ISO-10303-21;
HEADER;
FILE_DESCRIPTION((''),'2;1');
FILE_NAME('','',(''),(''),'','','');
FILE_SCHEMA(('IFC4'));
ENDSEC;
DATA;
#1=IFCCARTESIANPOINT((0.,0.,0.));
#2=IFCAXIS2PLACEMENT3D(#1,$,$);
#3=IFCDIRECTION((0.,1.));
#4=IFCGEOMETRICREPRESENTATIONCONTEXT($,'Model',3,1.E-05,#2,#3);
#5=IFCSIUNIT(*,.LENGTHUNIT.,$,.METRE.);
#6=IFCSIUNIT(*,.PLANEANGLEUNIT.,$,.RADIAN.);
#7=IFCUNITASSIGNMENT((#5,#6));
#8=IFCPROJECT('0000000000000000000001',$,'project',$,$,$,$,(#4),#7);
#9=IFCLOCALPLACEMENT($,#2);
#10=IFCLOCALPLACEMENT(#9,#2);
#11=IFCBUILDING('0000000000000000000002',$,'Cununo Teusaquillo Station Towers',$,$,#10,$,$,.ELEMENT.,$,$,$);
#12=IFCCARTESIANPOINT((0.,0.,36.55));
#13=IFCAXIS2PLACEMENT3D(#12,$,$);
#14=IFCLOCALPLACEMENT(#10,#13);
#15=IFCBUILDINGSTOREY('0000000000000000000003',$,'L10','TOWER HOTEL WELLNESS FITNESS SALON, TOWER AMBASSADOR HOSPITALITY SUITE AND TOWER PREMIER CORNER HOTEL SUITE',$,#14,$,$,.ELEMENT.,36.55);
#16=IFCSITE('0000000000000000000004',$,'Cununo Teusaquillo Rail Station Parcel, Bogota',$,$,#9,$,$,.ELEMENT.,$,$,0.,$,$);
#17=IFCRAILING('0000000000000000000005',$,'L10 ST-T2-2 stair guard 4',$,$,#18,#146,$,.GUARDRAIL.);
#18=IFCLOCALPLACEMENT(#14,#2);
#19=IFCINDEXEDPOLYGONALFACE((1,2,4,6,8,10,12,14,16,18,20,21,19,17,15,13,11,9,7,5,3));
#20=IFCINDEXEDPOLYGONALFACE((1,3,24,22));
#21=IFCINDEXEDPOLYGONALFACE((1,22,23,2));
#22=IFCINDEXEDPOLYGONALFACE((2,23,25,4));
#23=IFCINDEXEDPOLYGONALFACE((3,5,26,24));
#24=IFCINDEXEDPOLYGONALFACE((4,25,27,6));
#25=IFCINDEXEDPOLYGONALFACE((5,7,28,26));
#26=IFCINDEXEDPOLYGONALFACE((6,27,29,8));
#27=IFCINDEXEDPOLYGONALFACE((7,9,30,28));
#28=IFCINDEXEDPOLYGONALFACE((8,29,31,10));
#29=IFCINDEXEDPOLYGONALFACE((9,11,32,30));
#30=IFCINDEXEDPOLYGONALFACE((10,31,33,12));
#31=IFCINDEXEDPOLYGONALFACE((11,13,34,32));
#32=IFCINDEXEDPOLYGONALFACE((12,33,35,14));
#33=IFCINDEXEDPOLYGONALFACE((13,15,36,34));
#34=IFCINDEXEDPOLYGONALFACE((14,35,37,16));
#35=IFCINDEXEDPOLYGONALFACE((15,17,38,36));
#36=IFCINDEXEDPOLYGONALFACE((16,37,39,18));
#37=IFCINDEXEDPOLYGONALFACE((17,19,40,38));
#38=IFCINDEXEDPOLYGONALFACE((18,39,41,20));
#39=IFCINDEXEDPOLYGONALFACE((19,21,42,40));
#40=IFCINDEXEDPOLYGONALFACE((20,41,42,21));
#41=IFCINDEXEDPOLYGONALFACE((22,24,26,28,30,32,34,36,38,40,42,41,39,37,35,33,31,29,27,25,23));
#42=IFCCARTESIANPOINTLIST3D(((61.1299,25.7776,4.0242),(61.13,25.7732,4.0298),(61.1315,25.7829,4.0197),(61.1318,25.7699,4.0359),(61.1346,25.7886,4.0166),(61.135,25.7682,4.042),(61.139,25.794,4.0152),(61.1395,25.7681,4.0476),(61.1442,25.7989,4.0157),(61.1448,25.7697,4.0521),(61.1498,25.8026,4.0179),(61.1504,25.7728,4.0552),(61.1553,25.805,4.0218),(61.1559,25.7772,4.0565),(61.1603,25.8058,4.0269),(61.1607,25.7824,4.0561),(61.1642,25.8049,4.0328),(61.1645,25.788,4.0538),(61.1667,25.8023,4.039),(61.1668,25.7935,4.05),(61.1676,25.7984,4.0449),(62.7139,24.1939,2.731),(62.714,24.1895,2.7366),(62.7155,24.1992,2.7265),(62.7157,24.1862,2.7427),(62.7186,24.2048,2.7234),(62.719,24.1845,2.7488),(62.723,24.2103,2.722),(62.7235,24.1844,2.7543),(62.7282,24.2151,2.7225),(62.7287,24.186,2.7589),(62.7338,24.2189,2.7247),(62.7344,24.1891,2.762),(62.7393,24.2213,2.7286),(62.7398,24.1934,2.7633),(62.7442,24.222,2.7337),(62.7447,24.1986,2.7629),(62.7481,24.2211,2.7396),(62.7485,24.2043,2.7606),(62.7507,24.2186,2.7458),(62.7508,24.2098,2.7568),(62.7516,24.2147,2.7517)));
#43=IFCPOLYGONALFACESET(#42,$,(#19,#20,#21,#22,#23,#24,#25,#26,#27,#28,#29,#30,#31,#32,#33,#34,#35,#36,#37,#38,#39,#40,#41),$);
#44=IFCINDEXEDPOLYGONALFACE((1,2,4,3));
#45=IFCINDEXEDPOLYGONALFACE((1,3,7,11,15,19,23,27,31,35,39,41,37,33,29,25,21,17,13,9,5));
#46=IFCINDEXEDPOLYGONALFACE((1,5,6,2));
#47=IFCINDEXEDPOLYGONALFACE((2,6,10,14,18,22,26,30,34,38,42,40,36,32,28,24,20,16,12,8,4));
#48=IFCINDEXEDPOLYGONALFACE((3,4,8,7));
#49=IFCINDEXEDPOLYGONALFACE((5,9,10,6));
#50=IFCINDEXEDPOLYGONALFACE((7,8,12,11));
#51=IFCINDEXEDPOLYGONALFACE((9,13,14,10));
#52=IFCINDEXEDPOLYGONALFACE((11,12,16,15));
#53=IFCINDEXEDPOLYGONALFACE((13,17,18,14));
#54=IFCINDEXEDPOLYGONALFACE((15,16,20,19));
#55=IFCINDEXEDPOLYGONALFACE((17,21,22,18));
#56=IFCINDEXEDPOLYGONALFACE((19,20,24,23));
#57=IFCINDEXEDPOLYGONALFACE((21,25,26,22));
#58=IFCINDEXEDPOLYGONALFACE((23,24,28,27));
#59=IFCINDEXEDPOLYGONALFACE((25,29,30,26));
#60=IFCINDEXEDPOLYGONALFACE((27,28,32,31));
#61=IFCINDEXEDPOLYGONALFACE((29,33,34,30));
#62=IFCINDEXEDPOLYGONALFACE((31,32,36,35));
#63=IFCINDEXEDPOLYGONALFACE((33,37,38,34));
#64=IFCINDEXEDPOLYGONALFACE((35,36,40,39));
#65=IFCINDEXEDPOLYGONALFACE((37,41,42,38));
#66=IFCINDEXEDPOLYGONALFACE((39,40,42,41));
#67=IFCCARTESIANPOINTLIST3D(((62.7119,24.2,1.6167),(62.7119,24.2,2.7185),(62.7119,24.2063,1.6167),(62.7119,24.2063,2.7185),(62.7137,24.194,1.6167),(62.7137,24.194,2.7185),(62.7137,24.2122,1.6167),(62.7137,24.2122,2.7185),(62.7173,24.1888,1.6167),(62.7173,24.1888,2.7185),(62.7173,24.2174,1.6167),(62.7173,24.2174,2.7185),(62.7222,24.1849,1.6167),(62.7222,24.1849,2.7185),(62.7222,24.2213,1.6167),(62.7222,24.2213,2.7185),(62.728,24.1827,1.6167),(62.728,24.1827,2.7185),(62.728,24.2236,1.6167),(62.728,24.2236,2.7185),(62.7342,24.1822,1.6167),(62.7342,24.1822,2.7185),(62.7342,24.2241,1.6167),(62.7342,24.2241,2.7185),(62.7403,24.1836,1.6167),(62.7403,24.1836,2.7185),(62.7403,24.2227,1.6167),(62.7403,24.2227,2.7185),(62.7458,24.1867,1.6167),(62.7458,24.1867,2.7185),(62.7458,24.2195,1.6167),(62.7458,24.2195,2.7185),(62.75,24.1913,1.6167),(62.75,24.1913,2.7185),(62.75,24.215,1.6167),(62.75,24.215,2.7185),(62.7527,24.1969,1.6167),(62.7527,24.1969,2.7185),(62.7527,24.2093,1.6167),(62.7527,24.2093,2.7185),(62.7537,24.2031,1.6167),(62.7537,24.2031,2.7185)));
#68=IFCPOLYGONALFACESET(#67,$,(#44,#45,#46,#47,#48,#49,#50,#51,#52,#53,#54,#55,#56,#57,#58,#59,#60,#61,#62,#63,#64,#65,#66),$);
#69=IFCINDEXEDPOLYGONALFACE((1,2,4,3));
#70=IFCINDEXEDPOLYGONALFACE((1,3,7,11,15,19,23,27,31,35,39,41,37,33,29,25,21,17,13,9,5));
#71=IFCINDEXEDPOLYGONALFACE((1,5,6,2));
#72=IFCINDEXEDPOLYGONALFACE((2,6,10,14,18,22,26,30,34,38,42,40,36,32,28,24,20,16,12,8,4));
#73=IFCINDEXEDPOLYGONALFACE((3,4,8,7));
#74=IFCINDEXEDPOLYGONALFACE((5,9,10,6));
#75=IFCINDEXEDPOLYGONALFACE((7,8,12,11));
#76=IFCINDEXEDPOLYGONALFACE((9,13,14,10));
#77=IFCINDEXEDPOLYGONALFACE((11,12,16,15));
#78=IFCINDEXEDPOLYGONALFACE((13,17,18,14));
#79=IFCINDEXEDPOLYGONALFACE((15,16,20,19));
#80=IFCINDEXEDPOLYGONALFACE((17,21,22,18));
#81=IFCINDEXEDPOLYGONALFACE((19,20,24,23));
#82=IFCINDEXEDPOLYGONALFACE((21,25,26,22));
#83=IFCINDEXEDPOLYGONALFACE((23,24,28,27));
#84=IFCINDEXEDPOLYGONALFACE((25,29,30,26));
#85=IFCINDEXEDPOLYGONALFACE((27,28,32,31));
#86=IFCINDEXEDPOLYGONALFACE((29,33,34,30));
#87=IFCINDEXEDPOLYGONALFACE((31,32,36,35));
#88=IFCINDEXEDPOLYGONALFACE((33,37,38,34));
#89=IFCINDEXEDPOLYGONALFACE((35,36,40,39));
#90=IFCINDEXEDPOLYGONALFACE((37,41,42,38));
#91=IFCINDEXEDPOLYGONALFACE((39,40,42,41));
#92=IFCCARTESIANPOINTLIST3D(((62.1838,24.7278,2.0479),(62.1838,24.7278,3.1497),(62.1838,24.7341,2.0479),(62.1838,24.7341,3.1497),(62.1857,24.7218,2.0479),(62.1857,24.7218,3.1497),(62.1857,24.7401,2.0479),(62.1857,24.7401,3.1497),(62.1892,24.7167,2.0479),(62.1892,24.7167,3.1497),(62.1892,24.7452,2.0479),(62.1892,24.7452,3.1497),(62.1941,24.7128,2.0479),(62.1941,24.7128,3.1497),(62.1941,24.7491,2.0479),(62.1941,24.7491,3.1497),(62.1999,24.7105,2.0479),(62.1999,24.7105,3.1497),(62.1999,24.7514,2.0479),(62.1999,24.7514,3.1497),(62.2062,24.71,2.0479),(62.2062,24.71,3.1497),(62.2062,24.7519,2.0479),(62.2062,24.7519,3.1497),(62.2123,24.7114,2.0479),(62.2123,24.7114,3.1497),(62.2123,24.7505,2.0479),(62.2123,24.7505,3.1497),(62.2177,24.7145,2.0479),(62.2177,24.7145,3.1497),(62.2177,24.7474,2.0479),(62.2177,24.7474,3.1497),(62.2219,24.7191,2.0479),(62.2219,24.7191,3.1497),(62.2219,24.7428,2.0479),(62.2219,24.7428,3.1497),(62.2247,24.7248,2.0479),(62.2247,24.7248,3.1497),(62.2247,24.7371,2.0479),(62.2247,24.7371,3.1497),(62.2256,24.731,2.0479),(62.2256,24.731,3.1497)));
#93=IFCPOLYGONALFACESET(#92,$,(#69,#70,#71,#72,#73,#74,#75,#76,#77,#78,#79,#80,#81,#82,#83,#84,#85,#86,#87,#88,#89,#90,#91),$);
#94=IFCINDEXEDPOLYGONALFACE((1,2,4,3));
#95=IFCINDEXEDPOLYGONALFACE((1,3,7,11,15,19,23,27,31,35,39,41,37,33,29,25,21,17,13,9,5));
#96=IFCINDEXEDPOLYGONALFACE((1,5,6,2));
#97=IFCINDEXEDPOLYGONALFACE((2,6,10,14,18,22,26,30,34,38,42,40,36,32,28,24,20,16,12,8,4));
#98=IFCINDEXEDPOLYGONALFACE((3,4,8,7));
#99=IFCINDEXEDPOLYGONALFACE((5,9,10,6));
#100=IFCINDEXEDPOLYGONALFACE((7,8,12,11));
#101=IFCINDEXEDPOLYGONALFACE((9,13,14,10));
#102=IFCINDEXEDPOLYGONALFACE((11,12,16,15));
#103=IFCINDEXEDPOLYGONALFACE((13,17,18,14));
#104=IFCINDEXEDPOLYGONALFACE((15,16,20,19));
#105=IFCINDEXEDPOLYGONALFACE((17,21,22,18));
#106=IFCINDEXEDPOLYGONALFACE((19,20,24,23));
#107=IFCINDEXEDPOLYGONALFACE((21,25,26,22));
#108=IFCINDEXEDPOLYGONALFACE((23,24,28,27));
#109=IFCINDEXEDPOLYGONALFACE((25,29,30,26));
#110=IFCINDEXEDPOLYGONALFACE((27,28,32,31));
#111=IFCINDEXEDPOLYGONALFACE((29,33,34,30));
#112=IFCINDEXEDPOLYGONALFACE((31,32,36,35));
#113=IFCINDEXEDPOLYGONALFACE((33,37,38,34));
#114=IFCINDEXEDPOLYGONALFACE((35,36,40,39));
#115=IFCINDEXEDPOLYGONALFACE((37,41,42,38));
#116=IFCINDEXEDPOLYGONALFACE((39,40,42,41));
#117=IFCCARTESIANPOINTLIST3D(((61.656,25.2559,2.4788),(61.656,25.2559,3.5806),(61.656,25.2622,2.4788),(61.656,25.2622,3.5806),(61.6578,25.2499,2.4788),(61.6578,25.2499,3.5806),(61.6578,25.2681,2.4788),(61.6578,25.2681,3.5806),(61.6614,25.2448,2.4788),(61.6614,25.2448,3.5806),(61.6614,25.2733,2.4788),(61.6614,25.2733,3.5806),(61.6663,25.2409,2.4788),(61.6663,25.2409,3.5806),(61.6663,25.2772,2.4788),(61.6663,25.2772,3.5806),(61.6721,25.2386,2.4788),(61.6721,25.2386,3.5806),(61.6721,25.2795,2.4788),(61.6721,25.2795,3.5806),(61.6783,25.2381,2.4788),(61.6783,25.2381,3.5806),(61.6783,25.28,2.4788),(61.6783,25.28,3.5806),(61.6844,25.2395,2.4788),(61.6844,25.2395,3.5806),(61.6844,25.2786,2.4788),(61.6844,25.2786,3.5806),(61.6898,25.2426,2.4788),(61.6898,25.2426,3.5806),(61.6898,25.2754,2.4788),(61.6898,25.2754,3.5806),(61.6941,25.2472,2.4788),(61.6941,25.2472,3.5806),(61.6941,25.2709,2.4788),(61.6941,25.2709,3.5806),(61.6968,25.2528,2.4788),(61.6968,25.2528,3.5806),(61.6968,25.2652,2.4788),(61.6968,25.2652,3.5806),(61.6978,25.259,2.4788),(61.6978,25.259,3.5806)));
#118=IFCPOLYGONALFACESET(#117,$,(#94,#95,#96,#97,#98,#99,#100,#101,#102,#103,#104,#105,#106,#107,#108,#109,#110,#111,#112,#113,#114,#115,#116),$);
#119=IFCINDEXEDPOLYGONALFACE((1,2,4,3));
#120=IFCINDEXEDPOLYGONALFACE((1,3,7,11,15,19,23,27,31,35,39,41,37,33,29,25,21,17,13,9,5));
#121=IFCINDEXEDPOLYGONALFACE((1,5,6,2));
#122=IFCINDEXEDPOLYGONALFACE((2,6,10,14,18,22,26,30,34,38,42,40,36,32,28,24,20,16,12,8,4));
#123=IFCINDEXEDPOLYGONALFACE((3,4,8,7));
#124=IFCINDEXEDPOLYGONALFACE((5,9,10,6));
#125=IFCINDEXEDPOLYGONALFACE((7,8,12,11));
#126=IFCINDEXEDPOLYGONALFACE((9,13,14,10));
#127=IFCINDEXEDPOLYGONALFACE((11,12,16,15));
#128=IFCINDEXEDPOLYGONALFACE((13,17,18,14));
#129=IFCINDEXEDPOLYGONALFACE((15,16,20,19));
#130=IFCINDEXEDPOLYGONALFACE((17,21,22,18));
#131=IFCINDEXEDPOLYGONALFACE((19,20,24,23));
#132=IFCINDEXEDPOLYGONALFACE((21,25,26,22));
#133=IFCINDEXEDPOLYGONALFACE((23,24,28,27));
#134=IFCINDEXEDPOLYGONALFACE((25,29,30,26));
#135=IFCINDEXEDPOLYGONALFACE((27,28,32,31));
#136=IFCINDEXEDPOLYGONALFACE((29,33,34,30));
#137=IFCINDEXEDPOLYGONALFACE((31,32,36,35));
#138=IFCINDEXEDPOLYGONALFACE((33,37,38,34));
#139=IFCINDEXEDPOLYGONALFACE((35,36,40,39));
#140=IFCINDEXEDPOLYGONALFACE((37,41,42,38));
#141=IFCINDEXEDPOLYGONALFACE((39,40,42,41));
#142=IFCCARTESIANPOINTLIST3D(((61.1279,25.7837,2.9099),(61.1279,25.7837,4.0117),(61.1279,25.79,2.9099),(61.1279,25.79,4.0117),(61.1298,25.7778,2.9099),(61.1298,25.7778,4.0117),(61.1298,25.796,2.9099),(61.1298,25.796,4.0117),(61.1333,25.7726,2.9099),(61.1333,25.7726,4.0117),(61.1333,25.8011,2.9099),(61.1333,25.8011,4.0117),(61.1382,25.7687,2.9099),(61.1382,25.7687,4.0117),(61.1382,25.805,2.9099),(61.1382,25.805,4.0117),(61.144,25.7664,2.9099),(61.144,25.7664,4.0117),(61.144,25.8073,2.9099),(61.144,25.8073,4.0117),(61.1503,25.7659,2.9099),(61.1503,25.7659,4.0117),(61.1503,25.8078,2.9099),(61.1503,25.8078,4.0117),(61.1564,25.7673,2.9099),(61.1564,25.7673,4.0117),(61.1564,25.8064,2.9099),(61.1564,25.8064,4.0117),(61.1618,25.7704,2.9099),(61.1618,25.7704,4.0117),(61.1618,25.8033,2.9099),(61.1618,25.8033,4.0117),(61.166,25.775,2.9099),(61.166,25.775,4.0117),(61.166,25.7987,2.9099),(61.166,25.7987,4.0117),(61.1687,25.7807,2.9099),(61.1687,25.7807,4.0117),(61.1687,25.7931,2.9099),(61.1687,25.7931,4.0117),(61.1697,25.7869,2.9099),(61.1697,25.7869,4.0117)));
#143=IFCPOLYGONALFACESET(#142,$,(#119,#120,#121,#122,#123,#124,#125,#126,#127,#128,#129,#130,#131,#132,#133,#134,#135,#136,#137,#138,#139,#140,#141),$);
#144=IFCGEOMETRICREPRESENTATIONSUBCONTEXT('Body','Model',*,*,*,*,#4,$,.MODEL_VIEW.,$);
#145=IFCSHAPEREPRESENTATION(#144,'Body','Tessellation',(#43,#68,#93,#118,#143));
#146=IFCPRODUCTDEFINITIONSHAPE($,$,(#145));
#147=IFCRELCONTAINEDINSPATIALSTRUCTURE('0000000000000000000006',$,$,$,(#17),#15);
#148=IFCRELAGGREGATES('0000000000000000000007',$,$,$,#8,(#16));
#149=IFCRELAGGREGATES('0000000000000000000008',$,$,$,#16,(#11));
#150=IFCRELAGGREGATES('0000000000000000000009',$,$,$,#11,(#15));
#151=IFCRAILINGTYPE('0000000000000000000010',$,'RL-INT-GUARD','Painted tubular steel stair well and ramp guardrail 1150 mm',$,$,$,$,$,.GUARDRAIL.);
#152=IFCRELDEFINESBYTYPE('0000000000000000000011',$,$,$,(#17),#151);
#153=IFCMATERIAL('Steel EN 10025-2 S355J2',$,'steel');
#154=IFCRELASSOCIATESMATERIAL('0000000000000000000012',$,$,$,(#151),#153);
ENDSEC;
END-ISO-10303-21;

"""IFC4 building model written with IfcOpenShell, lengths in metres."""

from ifc_helpers import new_model, si_unit, direction, frame, origin, origin_2d, place, context, subcontext, project, spatial, circle, extrude, material, type_object, element, save


model = new_model("IFC4")

# Units and contexts
model_context = context("Model", 3, precision=1e-05, world=origin(), true_north=direction((0.0, 1.0)))
body_context = subcontext(model_context, "Body", "Model", "MODEL_VIEW")
ifc_project = project(units=[si_unit("LENGTHUNIT", "METRE"), si_unit("PLANEANGLEUNIT", "RADIAN")], contexts=[model_context])

# Site, building, storey
site_placement = place(None, origin())
site = spatial("IfcSite", under=ifc_project, at=site_placement, Name="Cununo Teusaquillo Rail Station Parcel, Bogota", CompositionType="ELEMENT", RefElevation=0.0)
building_placement = place(site_placement, origin())
building = spatial("IfcBuilding", under=site, at=building_placement, Name="Cununo Teusaquillo Station Towers", CompositionType="ELEMENT")
storey_placement = place(building_placement, frame((0.0, 0.0, 36.55)))
storey = spatial("IfcBuildingStorey", under=building, at=storey_placement, Name="L10", Description="TOWER HOTEL WELLNESS FITNESS SALON, TOWER AMBASSADOR HOSPITALITY SUITE AND TOWER PREMIER CORNER HOTEL SUITE", CompositionType="ELEMENT", Elevation=36.55)

# Railing
ifc_material_1 = material(Name="Steel EN 10025-2 S355J2", Category="steel")
railing_type_1 = type_object("IfcRailingType", Name="RL-INT-GUARD", Description="Painted tubular steel stair well and ramp guardrail 1150 mm", PredefinedType="GUARDRAIL", material=ifc_material_1)
railing_1_placement = place(storey_placement, frame((62.7327, 24.2031, 1.6167)))
element("IfcRailing", 1, at=railing_1_placement, inside=storey, type_object=railing_type_1, Name="L10 ST-T2-2 stair guard 4", PredefinedType="GUARDRAIL", context=body_context, shape_type="SweptSolid", body=[
    extrude(circle(Radius=0.0239, at=origin_2d()), frame((0.0, 0.0, 1.126), z_axis=(-0.61242, 0.612326, 0.499998), x_axis=(-0.707052, -0.707161, 0.0)), (0.0, 0.0, 1.0), 2.5864),
    extrude(circle(Radius=0.021, at=origin_2d()), origin(), (0.0, 0.0, 1.0), 1.1018),
    extrude(circle(Radius=0.021, at=origin_2d()), frame((-0.5281, 0.5278, 0.4312)), (0.0, 0.0, 1.0), 1.1018),
    extrude(circle(Radius=0.021, at=origin_2d()), frame((-1.0559, 1.0559, 0.8621)), (0.0, 0.0, 1.0), 1.1018),
    extrude(circle(Radius=0.021, at=origin_2d()), frame((-1.584, 1.5837, 1.2932)), (0.0, 0.0, 1.0), 1.1018),
])

save(model, "model.ifc")
